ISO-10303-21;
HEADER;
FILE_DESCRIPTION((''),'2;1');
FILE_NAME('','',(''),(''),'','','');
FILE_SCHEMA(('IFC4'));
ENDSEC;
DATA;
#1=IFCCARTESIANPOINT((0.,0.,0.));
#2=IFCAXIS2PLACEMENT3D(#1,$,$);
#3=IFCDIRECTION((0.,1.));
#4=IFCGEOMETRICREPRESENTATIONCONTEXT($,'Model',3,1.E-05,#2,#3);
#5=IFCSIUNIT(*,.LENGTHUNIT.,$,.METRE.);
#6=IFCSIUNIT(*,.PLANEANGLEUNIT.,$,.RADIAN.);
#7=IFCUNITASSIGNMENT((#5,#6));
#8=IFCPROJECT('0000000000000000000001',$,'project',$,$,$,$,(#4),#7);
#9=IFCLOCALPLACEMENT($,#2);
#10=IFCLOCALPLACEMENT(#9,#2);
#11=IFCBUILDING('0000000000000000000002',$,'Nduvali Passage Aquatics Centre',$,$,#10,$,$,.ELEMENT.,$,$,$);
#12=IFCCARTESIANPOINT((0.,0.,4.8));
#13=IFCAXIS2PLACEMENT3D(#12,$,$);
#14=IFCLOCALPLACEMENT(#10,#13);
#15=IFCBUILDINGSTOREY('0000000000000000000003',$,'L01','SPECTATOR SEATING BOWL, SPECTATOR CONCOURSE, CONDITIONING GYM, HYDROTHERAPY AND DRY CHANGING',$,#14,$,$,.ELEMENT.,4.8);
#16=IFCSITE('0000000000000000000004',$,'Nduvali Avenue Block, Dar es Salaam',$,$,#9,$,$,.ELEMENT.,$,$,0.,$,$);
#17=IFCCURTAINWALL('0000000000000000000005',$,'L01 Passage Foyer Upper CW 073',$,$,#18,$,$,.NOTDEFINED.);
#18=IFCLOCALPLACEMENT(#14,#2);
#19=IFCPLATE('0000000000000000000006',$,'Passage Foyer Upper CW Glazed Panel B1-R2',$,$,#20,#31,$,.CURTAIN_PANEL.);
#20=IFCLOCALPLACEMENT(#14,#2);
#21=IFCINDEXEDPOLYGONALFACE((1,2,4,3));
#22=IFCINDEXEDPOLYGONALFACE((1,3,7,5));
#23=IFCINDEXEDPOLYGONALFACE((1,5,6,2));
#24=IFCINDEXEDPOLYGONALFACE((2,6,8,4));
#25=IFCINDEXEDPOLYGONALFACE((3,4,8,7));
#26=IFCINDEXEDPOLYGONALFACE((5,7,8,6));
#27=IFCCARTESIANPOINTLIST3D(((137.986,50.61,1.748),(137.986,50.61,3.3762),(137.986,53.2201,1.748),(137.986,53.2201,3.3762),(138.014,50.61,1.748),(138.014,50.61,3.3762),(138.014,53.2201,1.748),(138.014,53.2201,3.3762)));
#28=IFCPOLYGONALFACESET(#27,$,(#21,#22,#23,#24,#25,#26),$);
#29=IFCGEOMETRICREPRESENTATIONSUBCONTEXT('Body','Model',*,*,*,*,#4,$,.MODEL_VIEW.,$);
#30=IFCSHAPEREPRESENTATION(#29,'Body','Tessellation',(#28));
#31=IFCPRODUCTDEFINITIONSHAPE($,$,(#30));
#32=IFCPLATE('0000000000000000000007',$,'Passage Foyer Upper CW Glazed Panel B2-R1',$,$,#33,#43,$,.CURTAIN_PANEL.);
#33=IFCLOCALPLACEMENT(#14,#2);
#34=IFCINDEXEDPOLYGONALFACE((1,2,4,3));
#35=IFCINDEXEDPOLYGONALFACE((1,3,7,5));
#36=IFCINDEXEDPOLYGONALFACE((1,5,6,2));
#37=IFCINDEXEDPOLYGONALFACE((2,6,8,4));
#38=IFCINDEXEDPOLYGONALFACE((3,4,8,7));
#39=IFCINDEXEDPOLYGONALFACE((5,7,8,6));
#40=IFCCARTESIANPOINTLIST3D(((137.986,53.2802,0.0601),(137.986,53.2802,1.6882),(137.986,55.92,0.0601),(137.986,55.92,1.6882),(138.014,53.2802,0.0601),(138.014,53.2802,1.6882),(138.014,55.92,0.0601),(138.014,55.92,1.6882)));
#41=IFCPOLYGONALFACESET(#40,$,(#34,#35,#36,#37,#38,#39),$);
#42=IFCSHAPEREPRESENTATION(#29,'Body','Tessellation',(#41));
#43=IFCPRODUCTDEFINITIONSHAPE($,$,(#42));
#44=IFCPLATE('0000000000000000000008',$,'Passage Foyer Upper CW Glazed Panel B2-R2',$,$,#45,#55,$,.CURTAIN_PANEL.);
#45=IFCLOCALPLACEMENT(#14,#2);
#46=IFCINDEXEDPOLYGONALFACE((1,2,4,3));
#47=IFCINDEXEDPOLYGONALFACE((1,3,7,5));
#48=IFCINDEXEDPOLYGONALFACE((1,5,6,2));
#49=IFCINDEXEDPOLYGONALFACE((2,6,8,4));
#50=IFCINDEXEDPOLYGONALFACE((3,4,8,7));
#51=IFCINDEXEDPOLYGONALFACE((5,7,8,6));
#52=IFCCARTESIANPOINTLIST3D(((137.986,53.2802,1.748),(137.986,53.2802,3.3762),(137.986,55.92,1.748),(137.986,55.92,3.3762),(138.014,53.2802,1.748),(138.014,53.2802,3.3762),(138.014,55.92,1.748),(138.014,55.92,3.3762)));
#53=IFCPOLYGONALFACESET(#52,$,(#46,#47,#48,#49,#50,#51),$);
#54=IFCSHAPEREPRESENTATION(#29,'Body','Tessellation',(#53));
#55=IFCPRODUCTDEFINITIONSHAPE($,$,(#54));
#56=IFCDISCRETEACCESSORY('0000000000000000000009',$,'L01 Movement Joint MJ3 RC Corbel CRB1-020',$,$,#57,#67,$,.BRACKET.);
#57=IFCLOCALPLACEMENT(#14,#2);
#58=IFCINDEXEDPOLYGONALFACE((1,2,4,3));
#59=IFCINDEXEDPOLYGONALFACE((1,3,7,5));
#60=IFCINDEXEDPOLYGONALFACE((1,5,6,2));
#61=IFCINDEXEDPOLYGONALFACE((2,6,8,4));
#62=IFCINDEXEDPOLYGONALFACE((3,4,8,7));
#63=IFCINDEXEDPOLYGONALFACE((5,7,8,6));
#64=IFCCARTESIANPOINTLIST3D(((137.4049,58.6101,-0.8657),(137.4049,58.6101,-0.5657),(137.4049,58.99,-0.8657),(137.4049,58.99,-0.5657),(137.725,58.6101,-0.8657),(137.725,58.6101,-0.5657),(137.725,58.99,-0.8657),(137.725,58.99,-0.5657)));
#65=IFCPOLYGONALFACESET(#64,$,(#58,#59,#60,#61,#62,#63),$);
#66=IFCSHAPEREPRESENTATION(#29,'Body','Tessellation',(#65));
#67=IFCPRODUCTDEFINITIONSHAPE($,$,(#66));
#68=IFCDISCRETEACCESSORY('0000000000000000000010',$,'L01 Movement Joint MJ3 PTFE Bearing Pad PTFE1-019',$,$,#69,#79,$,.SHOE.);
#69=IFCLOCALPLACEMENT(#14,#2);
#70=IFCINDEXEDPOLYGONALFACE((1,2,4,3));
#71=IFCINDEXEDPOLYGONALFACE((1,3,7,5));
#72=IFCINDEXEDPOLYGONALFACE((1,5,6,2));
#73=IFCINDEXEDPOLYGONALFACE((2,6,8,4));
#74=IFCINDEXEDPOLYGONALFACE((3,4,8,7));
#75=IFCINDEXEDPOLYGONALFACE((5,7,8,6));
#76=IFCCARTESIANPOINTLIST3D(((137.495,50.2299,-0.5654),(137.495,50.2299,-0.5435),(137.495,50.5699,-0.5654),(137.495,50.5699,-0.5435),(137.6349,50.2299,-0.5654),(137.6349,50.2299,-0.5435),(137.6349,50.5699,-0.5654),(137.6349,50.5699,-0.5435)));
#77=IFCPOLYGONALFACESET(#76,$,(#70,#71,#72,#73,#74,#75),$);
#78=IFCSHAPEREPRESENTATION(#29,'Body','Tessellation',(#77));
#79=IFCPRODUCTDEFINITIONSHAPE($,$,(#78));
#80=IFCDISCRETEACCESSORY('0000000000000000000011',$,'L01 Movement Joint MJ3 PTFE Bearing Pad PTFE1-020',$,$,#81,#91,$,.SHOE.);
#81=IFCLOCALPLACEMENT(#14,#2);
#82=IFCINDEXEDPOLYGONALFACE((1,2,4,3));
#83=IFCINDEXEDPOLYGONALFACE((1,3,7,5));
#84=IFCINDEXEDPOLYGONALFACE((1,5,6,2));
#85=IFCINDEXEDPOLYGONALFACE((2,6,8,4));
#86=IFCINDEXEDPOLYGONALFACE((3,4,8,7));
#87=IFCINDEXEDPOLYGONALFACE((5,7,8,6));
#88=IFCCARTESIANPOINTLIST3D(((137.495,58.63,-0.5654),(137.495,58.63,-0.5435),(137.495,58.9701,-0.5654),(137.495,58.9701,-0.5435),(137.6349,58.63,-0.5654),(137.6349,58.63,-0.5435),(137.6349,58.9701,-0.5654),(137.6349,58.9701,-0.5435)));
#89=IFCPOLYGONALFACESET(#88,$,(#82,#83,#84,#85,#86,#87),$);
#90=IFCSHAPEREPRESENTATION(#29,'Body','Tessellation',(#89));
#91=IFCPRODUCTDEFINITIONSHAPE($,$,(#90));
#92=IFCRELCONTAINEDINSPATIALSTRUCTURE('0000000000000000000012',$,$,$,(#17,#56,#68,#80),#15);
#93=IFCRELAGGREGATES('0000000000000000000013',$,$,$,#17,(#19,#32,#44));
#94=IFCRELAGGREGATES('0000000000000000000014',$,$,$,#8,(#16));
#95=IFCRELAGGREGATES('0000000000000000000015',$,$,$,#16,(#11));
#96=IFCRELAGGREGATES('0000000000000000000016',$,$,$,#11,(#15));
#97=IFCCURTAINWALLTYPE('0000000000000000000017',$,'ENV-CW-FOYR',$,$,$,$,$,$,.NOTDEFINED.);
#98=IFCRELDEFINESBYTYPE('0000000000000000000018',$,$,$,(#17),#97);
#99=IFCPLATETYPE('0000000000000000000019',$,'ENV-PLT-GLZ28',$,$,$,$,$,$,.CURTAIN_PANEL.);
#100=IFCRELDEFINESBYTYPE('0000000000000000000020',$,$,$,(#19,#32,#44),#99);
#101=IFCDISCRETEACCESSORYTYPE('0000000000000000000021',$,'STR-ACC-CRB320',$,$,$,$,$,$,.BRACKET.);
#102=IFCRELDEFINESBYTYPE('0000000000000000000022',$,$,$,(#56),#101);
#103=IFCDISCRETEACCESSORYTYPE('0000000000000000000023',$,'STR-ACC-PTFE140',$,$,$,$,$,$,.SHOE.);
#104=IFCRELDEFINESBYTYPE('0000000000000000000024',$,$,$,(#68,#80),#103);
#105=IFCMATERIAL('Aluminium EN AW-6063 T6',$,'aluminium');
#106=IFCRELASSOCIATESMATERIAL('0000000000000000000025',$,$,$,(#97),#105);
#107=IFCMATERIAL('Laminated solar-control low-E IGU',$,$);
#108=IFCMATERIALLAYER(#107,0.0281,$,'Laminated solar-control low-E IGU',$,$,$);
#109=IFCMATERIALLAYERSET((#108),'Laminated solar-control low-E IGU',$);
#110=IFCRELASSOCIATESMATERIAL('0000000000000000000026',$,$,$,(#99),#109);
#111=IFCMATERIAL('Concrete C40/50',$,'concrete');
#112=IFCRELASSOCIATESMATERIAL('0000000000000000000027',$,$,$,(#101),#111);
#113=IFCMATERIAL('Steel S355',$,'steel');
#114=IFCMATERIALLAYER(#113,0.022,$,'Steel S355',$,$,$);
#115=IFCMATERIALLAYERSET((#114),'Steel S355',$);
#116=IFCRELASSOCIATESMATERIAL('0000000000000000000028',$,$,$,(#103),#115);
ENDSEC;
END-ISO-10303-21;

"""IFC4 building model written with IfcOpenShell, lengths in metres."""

from ifc_helpers import new_model, si_unit, direction, frame, origin, origin_2d, place, context, subcontext, project, spatial, rectangle, extrude, material, layer, layer_set, type_object, element, aggregate, save


model = new_model("IFC4")

# Units and contexts
model_context = context("Model", 3, precision=1e-05, world=origin(), true_north=direction((0.0, 1.0)))
body_context = subcontext(model_context, "Body", "Model", "MODEL_VIEW")
ifc_project = project(units=[si_unit("LENGTHUNIT", "METRE"), si_unit("PLANEANGLEUNIT", "RADIAN")], contexts=[model_context])

# Site, building, storey
site_placement = place(None, origin())
site = spatial("IfcSite", under=ifc_project, at=site_placement, Name="Nduvali Avenue Block, Dar es Salaam", CompositionType="ELEMENT", RefElevation=0.0)
building_placement = place(site_placement, origin())
building = spatial("IfcBuilding", under=site, at=building_placement, Name="Nduvali Passage Aquatics Centre", CompositionType="ELEMENT")
storey_placement = place(building_placement, frame((0.0, 0.0, 4.8)))
storey = spatial("IfcBuildingStorey", under=building, at=storey_placement, Name="L01", Description="SPECTATOR SEATING BOWL, SPECTATOR CONCOURSE, CONDITIONING GYM, HYDROTHERAPY AND DRY CHANGING", CompositionType="ELEMENT", Elevation=4.8)

# Shared definitions
ifc_material_1 = material(Name="Steel S355", Category="steel")

# Curtain wall
ifc_material_2 = material(Name="Aluminium EN AW-6063 T6", Category="aluminium")
curtain_wall_type = type_object("IfcCurtainWallType", Name="ENV-CW-FOYR", PredefinedType="NOTDEFINED", material=ifc_material_2)
curtain_wall_placement = place(storey_placement, origin())
curtain_wall = element("IfcCurtainWall", 1, at=curtain_wall_placement, inside=storey, type_object=curtain_wall_type, Name="L01 Passage Foyer Upper CW 073", PredefinedType="NOTDEFINED")

# Plates
ifc_material_3 = material(Name="Laminated solar-control low-E IGU")
ifc_layer_1 = layer(ifc_material_3, 0.0281, Name="Laminated solar-control low-E IGU")
ifc_layer_set_1 = layer_set([ifc_layer_1], Name="Laminated solar-control low-E IGU")
plate_type = type_object("IfcPlateType", Name="ENV-PLT-GLZ28", PredefinedType="CURTAIN_PANEL", material=ifc_layer_set_1)
plate_1_placement = place(storey_placement, frame((138.0, 51.915, 1.748), z_axis=(0.0, 0.0, 1.0), x_axis=(0.0, 1.0, 0.0)))
plate_1 = element("IfcPlate", 2, at=plate_1_placement, type_object=plate_type, Name="Passage Foyer Upper CW Glazed Panel B1-R2", PredefinedType="CURTAIN_PANEL", context=body_context, shape_type="SweptSolid", body=[
    extrude(rectangle(XDim=2.6101, YDim=0.0281, at=origin_2d()), origin(), (0.0, 0.0, 1.0), 1.6282),
])
plate_2_placement = place(storey_placement, frame((138.0, 54.6001, 0.0601), z_axis=(0.0, 0.0, 1.0), x_axis=(0.0, 1.0, 0.0)))
plate_2 = element("IfcPlate", 3, at=plate_2_placement, type_object=plate_type, Name="Passage Foyer Upper CW Glazed Panel B2-R1", PredefinedType="CURTAIN_PANEL", context=body_context, shape_type="SweptSolid", body=[
    extrude(rectangle(XDim=2.6399, YDim=0.0281, at=origin_2d()), origin(), (0.0, 0.0, 1.0), 1.6282),
])
plate_3_placement = place(storey_placement, frame((138.0, 54.6001, 1.748), z_axis=(0.0, 0.0, 1.0), x_axis=(0.0, 1.0, 0.0)))
plate_3 = element("IfcPlate", 4, at=plate_3_placement, type_object=plate_type, Name="Passage Foyer Upper CW Glazed Panel B2-R2", PredefinedType="CURTAIN_PANEL", context=body_context, shape_type="SweptSolid", body=[
    extrude(rectangle(XDim=2.6399, YDim=0.0281, at=origin_2d()), origin(), (0.0, 0.0, 1.0), 1.6282),
])
aggregate(curtain_wall, [plate_1, plate_2, plate_3])

# Discrete accessories
ifc_material_4 = material(Name="Concrete C40/50", Category="concrete")
discrete_accessory_type_1 = type_object("IfcDiscreteAccessoryType", Name="STR-ACC-CRB320", PredefinedType="BRACKET", material=ifc_material_4)
discrete_accessory_placement = place(storey_placement, frame((137.5649, 58.8, -0.8657), z_axis=(0.0, 0.0, 1.0), x_axis=(1.0, 0.0, 0.0)))
element("IfcDiscreteAccessory", 5, at=discrete_accessory_placement, inside=storey, type_object=discrete_accessory_type_1, Name="L01 Movement Joint MJ3 RC Corbel CRB1-020", PredefinedType="BRACKET", context=body_context, shape_type="SweptSolid", body=[
    extrude(rectangle(XDim=0.3201, YDim=0.3799, at=origin_2d()), origin(), (0.0, 0.0, 1.0), 0.3),
])
ifc_layer_2 = layer(ifc_material_1, 0.022, Name="Steel S355")
ifc_layer_set_2 = layer_set([ifc_layer_2], Name="Steel S355")
discrete_accessory_type_2 = type_object("IfcDiscreteAccessoryType", Name="STR-ACC-PTFE140", PredefinedType="SHOE", material=ifc_layer_set_2)
for number, where, z_axis, x_axis, name in (
    (6, (137.5649, 50.3999, -0.5654), (0.0, 0.0, 1.0), (1.0, 0.0, 0.0), "L01 Movement Joint MJ3 PTFE Bearing Pad PTFE1-019"),
    (7, (137.5649, 58.8, -0.5654), (0.0, 0.0, 1.0), (1.0, 0.0, 0.0), "L01 Movement Joint MJ3 PTFE Bearing Pad PTFE1-020"),
):
    element("IfcDiscreteAccessory", number, at=place(storey_placement, frame(where, z_axis=z_axis, x_axis=x_axis)), inside=storey, type_object=discrete_accessory_type_2, Name=name, PredefinedType="SHOE", context=body_context, shape_type="SweptSolid", body=[
        extrude(rectangle(XDim=0.1399, YDim=0.3401, at=origin_2d()), origin(), (0.0, 0.0, 1.0), 0.022),
    ])

save(model, "model.ifc")
